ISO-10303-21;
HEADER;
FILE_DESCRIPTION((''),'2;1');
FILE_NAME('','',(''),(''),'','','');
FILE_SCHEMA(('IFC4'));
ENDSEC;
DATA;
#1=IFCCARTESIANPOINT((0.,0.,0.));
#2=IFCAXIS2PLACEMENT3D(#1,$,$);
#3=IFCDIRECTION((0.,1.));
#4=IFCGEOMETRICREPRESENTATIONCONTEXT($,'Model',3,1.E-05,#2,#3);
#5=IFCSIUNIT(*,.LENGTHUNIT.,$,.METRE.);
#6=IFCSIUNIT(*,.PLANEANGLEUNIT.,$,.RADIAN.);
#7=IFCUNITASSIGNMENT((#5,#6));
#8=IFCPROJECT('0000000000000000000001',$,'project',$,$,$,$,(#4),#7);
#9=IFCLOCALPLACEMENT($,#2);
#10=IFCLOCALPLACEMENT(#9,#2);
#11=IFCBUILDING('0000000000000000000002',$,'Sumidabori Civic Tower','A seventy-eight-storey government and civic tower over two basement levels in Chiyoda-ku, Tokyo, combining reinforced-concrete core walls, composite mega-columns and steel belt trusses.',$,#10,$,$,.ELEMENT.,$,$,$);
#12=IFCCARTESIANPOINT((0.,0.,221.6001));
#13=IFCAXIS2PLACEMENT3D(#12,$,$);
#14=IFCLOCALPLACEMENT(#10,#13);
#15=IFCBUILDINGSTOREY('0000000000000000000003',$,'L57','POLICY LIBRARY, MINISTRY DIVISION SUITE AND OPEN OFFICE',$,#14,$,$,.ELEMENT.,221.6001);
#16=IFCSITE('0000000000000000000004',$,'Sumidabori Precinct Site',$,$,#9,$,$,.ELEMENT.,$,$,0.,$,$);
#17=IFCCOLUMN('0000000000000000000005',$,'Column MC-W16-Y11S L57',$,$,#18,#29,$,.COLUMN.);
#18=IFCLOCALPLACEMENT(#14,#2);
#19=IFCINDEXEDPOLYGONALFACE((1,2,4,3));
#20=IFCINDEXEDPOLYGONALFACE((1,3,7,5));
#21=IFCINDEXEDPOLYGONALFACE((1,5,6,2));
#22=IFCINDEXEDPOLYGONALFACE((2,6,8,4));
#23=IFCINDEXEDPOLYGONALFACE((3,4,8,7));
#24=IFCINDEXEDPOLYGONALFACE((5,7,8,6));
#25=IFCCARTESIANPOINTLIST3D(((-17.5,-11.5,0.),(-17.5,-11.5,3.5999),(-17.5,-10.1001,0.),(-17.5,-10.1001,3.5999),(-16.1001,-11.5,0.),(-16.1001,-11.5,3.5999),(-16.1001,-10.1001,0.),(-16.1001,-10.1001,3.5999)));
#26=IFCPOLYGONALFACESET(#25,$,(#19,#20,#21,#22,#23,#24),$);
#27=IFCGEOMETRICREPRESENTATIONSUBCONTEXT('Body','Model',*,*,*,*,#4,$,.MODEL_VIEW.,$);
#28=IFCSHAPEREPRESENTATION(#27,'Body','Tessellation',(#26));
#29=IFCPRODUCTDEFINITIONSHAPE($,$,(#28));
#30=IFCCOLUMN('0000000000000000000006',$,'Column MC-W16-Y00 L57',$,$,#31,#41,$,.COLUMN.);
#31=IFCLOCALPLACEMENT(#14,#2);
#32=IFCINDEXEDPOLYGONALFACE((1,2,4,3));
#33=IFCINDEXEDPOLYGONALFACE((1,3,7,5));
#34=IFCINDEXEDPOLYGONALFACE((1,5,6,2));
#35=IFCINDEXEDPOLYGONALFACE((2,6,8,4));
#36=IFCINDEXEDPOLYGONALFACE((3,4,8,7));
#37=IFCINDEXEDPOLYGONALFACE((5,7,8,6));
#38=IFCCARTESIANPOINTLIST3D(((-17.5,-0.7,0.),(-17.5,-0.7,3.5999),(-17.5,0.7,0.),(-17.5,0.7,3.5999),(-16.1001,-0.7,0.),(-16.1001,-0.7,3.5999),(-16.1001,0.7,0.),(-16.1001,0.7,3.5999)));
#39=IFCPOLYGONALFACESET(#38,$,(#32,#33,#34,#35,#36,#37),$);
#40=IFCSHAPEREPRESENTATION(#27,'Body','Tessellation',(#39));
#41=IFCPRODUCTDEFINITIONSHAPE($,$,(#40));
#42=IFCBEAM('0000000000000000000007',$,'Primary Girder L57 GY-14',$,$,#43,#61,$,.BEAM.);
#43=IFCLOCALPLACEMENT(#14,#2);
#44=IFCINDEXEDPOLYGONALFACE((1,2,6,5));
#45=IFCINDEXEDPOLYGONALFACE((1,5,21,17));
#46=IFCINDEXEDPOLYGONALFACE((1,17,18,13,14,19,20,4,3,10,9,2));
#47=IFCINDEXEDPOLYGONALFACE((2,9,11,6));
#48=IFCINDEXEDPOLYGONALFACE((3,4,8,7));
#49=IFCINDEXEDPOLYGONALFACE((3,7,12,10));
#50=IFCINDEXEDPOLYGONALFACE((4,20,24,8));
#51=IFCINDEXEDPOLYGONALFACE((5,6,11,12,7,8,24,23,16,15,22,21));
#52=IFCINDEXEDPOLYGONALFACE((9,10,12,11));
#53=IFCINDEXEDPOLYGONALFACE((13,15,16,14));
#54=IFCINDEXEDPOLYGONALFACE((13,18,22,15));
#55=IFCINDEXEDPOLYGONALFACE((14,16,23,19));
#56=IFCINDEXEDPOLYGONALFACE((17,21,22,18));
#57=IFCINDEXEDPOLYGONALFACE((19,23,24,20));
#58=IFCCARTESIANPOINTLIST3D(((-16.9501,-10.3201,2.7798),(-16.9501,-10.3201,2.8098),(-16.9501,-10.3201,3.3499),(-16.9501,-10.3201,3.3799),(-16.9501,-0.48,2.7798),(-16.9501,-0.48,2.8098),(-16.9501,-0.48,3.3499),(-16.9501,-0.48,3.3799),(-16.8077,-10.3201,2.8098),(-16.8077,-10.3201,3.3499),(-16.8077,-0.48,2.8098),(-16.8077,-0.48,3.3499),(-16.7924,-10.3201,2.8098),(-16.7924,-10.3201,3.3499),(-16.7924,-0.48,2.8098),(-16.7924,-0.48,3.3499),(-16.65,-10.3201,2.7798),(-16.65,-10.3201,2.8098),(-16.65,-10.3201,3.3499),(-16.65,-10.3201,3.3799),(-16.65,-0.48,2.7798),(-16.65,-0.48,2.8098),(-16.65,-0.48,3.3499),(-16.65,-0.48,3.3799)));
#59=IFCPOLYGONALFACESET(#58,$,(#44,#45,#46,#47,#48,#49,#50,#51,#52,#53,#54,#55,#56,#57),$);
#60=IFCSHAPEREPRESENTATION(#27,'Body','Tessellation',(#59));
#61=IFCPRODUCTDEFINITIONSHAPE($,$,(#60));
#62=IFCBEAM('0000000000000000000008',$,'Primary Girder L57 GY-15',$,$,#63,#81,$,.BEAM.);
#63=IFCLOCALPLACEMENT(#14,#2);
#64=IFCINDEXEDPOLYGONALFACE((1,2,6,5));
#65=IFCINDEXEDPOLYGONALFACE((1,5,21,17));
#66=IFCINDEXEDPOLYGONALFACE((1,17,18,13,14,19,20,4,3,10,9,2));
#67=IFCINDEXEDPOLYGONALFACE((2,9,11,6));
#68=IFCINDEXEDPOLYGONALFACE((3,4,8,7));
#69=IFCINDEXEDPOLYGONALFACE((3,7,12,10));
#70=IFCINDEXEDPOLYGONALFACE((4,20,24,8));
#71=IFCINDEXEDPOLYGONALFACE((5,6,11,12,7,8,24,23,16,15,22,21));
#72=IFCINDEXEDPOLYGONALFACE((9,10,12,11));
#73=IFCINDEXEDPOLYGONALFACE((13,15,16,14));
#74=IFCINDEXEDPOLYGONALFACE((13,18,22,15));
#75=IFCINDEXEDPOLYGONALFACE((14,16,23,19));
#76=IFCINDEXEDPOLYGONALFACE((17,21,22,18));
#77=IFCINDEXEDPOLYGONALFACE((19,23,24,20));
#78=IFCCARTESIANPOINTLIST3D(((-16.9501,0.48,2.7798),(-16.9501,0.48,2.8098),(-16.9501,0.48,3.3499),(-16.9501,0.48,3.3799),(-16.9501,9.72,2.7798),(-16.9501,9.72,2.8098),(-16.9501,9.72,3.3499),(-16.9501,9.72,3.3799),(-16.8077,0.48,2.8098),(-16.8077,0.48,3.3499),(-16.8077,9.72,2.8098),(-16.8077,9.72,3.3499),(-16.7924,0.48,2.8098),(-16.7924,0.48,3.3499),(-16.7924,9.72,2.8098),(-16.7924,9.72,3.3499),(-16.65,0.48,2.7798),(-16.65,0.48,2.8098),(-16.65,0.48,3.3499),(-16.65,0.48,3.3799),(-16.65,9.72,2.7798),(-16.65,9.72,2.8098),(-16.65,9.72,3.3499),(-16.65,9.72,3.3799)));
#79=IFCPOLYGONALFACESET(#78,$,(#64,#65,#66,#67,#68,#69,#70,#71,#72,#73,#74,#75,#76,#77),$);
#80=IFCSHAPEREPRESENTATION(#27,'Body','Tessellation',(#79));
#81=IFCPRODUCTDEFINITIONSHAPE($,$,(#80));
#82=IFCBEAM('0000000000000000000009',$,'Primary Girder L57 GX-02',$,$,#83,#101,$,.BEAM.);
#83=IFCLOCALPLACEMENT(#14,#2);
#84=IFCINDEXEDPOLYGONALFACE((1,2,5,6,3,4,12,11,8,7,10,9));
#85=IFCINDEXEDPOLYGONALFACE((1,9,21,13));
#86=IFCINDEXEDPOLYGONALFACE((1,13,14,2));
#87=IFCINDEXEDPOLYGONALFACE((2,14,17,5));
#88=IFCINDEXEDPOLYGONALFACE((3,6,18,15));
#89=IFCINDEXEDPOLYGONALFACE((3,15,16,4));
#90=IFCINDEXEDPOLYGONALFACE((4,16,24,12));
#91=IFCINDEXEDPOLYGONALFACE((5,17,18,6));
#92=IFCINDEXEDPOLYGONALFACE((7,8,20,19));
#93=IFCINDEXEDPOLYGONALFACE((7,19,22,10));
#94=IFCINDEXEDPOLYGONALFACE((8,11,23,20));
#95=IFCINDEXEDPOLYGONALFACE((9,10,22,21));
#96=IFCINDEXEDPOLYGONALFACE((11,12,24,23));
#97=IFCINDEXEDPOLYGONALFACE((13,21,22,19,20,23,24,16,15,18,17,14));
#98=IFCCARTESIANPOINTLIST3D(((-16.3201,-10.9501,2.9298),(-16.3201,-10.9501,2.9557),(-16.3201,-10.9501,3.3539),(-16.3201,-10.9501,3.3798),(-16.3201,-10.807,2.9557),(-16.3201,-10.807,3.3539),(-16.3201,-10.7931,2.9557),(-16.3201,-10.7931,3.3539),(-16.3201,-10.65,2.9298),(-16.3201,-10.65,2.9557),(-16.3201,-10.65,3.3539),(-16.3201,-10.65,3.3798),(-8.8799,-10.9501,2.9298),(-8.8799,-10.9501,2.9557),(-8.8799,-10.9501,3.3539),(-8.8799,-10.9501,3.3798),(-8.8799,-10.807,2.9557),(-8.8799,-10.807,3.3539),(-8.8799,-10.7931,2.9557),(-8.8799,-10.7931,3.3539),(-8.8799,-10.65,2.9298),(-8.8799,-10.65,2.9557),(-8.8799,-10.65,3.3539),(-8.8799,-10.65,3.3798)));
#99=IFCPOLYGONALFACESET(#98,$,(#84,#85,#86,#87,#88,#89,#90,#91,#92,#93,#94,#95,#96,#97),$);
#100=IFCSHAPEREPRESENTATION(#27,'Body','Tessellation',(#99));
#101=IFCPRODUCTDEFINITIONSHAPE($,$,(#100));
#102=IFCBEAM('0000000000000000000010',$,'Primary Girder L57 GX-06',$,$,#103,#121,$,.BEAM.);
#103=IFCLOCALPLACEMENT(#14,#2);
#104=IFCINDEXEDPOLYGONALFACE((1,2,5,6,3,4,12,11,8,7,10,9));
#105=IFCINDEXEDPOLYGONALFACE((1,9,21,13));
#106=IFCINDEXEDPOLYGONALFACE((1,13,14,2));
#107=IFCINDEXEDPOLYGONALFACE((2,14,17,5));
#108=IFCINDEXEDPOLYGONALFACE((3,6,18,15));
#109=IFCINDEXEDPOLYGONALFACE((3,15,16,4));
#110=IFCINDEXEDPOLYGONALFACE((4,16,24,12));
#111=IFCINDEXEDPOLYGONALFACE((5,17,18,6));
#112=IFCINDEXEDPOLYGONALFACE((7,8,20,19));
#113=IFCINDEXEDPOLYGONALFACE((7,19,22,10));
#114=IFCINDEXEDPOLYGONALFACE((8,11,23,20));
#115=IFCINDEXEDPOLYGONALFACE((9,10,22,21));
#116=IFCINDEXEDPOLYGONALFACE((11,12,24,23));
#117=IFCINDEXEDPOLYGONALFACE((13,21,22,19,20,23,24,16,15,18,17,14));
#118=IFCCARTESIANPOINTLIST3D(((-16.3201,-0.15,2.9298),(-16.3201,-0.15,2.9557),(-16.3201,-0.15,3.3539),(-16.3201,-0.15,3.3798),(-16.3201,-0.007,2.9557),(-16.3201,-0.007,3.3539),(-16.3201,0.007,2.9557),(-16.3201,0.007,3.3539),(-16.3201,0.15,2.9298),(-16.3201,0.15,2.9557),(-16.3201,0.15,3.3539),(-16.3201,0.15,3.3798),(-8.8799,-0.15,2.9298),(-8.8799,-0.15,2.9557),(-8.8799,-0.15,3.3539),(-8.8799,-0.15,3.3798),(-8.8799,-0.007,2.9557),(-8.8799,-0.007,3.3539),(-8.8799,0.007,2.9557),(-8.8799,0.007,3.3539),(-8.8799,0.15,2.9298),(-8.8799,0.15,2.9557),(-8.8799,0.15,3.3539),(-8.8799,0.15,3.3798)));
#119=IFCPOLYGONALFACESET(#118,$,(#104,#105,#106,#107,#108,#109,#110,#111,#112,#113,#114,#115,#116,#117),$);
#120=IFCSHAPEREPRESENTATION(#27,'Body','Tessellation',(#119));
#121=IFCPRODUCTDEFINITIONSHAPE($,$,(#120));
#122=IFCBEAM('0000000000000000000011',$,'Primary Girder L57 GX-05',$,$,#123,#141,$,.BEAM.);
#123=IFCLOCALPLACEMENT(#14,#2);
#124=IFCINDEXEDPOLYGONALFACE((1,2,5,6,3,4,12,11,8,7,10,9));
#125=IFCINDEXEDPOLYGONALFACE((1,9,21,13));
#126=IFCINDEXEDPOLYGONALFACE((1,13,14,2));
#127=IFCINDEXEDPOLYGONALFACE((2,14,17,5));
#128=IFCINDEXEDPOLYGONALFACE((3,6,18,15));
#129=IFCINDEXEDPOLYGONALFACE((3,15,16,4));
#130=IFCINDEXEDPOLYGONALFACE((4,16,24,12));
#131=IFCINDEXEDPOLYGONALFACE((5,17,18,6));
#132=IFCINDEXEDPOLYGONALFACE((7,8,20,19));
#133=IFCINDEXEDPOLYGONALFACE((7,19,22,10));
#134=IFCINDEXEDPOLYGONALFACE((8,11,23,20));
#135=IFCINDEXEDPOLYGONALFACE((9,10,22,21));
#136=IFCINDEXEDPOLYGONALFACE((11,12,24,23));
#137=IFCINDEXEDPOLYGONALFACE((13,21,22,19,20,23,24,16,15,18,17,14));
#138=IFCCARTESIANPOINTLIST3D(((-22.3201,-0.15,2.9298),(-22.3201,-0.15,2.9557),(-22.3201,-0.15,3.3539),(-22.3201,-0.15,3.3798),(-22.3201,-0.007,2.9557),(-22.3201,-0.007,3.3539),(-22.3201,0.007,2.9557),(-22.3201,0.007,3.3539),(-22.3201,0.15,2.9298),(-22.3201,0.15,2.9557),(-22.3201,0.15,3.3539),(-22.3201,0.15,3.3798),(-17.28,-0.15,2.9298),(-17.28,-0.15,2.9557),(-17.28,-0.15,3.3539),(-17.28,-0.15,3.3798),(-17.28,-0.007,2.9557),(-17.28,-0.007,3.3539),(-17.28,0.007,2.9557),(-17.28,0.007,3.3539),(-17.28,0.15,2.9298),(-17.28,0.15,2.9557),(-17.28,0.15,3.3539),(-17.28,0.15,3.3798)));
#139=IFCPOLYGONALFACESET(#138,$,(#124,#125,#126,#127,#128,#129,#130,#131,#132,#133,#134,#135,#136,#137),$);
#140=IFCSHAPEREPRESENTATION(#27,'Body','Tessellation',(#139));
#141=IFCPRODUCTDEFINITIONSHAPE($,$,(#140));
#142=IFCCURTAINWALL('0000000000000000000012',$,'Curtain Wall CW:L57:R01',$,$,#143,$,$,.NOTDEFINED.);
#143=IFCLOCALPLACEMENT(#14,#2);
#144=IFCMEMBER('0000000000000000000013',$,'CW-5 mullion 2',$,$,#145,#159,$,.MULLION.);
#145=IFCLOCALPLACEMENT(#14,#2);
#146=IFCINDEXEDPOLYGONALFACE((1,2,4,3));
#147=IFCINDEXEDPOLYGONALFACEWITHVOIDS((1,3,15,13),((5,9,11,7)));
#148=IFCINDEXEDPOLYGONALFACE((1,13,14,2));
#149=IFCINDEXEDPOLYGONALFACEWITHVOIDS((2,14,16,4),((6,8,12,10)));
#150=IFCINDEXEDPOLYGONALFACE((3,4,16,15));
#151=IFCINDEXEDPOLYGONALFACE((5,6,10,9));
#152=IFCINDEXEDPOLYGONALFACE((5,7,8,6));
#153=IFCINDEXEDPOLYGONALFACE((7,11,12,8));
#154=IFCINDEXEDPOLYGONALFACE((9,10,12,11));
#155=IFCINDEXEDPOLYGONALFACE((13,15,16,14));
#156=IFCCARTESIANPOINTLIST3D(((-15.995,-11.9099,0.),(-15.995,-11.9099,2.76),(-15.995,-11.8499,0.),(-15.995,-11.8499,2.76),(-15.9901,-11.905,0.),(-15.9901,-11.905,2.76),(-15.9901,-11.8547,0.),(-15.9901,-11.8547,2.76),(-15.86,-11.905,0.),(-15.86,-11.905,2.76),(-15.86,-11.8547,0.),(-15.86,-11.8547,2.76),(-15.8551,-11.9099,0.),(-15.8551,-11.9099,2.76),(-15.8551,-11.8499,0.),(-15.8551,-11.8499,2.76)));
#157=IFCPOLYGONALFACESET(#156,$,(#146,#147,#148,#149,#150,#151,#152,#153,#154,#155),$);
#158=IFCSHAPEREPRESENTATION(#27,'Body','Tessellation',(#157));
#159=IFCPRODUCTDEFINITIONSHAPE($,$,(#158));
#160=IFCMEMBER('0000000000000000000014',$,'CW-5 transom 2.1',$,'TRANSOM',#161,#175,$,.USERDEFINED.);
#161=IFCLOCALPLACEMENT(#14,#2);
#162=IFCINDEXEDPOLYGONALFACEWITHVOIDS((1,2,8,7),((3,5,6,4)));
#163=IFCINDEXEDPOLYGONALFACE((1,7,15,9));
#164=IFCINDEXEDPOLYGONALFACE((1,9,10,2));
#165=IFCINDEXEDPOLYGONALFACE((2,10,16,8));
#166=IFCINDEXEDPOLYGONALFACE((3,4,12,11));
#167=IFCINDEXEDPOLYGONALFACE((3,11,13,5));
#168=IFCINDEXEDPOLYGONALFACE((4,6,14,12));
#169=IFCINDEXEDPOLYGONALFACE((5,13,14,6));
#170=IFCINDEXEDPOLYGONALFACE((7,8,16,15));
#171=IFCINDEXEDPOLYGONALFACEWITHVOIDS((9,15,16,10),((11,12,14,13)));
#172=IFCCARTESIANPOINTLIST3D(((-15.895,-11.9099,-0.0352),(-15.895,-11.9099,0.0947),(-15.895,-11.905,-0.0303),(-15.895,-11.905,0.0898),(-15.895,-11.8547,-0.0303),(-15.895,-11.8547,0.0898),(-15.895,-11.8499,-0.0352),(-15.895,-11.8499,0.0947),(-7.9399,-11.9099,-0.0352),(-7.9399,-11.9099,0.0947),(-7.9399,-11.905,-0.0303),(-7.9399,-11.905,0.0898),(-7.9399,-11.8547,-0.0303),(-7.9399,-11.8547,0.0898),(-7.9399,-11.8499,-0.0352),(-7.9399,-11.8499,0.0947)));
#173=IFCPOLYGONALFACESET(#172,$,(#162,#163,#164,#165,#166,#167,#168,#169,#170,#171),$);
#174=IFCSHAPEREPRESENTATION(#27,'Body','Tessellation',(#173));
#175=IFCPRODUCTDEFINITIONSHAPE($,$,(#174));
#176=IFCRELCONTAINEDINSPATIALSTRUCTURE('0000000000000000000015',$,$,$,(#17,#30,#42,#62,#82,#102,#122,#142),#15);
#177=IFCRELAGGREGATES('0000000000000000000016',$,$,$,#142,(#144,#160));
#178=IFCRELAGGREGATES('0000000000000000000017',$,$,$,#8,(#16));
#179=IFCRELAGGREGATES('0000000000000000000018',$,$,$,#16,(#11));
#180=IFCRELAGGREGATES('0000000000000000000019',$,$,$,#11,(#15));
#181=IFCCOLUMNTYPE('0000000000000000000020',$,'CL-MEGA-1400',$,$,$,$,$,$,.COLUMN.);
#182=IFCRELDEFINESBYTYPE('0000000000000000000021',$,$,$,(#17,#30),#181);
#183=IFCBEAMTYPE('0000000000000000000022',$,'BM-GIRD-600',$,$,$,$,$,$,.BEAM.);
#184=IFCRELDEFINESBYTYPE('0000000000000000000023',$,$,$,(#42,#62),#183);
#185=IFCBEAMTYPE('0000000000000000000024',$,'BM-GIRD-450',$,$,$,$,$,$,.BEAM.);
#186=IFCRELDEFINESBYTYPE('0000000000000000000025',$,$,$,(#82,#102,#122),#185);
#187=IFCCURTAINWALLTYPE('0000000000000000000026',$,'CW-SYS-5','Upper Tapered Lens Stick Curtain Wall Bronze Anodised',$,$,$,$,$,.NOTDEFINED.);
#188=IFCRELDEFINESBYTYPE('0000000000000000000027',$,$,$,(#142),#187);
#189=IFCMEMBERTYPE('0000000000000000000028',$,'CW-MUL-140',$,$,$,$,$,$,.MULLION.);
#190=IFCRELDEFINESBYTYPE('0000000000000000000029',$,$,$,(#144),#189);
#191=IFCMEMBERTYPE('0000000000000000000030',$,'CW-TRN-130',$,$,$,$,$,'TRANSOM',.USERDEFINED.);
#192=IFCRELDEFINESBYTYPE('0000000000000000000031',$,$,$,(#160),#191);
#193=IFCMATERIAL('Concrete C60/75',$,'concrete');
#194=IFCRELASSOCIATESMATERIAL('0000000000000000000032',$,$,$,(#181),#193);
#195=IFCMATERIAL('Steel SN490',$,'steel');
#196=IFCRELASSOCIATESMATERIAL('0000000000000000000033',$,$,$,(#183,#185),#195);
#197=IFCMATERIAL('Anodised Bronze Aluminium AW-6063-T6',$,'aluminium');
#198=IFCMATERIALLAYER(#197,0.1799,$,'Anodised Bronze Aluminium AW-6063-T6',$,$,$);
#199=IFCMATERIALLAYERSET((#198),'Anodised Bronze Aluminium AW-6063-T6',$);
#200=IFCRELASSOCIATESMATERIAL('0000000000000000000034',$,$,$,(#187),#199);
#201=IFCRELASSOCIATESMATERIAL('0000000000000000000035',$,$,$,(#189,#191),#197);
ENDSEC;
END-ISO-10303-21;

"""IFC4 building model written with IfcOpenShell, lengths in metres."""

from ifc_helpers import new_model, si_unit, direction, frame, origin, origin_2d, place, context, subcontext, project, spatial, rectangle, hollow_rectangle, i_section, extrude, source, transform, mapped, material, layer, layer_set, material_profile, profile_set, type_object, element, aggregate, save


model = new_model("IFC4")

# Units and contexts
model_context = context("Model", 3, precision=1e-05, world=origin(), true_north=direction((0.0, 1.0)))
body_context = subcontext(model_context, "Body", "Model", "MODEL_VIEW")
ifc_project = project(units=[si_unit("LENGTHUNIT", "METRE"), si_unit("PLANEANGLEUNIT", "RADIAN")], contexts=[model_context])

# Site, building, storey
site_placement = place(None, origin())
site = spatial("IfcSite", under=ifc_project, at=site_placement, Name="Sumidabori Precinct Site", CompositionType="ELEMENT", RefElevation=0.0)
building_placement = place(site_placement, origin())
building = spatial("IfcBuilding", under=site, at=building_placement, Name="Sumidabori Civic Tower", Description="A seventy-eight-storey government and civic tower over two basement levels in Chiyoda-ku, Tokyo, combining reinforced-concrete core walls, composite mega-columns and steel belt trusses.", CompositionType="ELEMENT")
storey_placement = place(building_placement, frame((0.0, 0.0, 221.6001)))
storey = spatial("IfcBuildingStorey", under=building, at=storey_placement, Name="L57", Description="POLICY LIBRARY, MINISTRY DIVISION SUITE AND OPEN OFFICE", CompositionType="ELEMENT", Elevation=221.6001)

# Columns
ifc_material_1 = material(Name="Concrete C60/75", Category="concrete")
ifc_material_profile_1 = material_profile(ifc_material_1, rectangle(XDim=1.3999, YDim=1.3999, at=origin_2d()), Name="RC 1400x1400")
ifc_profile_set_1 = profile_set([ifc_material_profile_1], Name="Concrete C60/75")
column_type = type_object("IfcColumnType", Name="CL-MEGA-1400", PredefinedType="COLUMN", material=ifc_profile_set_1)
shared_shape_1 = source(origin(), body_context, "Body", "SweptSolid", [
    extrude(rectangle(XDim=1.3999, YDim=1.3999, at=origin_2d()), origin(), (0.0, 0.0, 1.0), 3.5999),
])
for number, where, z_axis, x_axis, name in (
    (1, (-16.8, -10.8, 0.0), (0.0, 0.0, 1.0), (1.0, 0.0, 0.0), "Column MC-W16-Y11S L57"),
    (2, (-16.8, 0.0, 0.0), (0.0, 0.0, 1.0), (1.0, 0.0, 0.0), "Column MC-W16-Y00 L57"),
):
    element("IfcColumn", number, at=place(storey_placement, frame(where, z_axis=z_axis, x_axis=x_axis)), inside=storey, type_object=column_type, Name=name, PredefinedType="COLUMN", context=body_context, shape_type="MappedRepresentation", body=[
        mapped(shared_shape_1, transform((0.0, 0.0, 0.0), x_axis=(1.0, 0.0, 0.0), y_axis=(0.0, 1.0, 0.0), z_axis=(0.0, 0.0, 1.0), scale=1.0)),
    ])

# Beams
ifc_material_2 = material(Name="Steel SN490", Category="steel")
ifc_material_profile_2 = material_profile(ifc_material_2, i_section(OverallWidth=0.3, OverallDepth=0.6001, WebThickness=0.0154, FlangeThickness=0.03, at=origin_2d()), Name="HE 600 B")
ifc_profile_set_2 = profile_set([ifc_material_profile_2], Name="Steel SN490")
beam_type_1 = type_object("IfcBeamType", Name="BM-GIRD-600", PredefinedType="BEAM", material=ifc_profile_set_2)
shared_shape_2 = source(origin(), body_context, "Body", "SweptSolid", [
    extrude(i_section(OverallWidth=0.3, OverallDepth=0.6001, WebThickness=0.0154, FlangeThickness=0.03, at=origin_2d()), origin(), (0.0, 0.0, 1.0), 9.8401),
])
beam_1_placement = place(storey_placement, frame((-16.8, -10.3201, 3.0798), z_axis=(0.0, 1.0, 0.0), x_axis=(-1.0, 0.0, 0.0)))
element("IfcBeam", 3, at=beam_1_placement, inside=storey, type_object=beam_type_1, Name="Primary Girder L57 GY-14", PredefinedType="BEAM", context=body_context, shape_type="MappedRepresentation", body=[
    mapped(shared_shape_2, transform((0.0, 0.0, 0.0), x_axis=(1.0, 0.0, 0.0), y_axis=(0.0, 1.0, 0.0), z_axis=(0.0, 0.0, 1.0), scale=1.0)),
])
shared_shape_3 = source(origin(), body_context, "Body", "SweptSolid", [
    extrude(i_section(OverallWidth=0.3, OverallDepth=0.6001, WebThickness=0.0154, FlangeThickness=0.03, at=origin_2d()), origin(), (0.0, 0.0, 1.0), 9.24),
])
beam_2_placement = place(storey_placement, frame((-16.8, 0.48, 3.0798), z_axis=(0.0, 1.0, 0.0), x_axis=(-1.0, 0.0, 0.0)))
element("IfcBeam", 4, at=beam_2_placement, inside=storey, type_object=beam_type_1, Name="Primary Girder L57 GY-15", PredefinedType="BEAM", context=body_context, shape_type="MappedRepresentation", body=[
    mapped(shared_shape_3, transform((0.0, 0.0, 0.0), x_axis=(1.0, 0.0, 0.0), y_axis=(0.0, 1.0, 0.0), z_axis=(0.0, 0.0, 1.0), scale=1.0)),
])
ifc_material_profile_3 = material_profile(ifc_material_2, i_section(OverallWidth=0.3, OverallDepth=0.45, WebThickness=0.0139, FlangeThickness=0.0259, at=origin_2d()), Name="HE 450 B")
ifc_profile_set_3 = profile_set([ifc_material_profile_3], Name="Steel SN490")
beam_type_2 = type_object("IfcBeamType", Name="BM-GIRD-450", PredefinedType="BEAM", material=ifc_profile_set_3)
shared_shape_4 = source(origin(), body_context, "Body", "SweptSolid", [
    extrude(i_section(OverallWidth=0.3, OverallDepth=0.45, WebThickness=0.0139, FlangeThickness=0.0259, at=origin_2d()), origin(), (0.0, 0.0, 1.0), 7.4402),
])
for number, where, z_axis, x_axis, name in (
    (5, (-16.3201, -10.8, 3.1548), (1.0, 0.0, 0.0), (0.0, 1.0, 0.0), "Primary Girder L57 GX-02"),
    (6, (-16.3201, 0.0, 3.1548), (1.0, 0.0, 0.0), (0.0, 1.0, 0.0), "Primary Girder L57 GX-06"),
):
    element("IfcBeam", number, at=place(storey_placement, frame(where, z_axis=z_axis, x_axis=x_axis)), inside=storey, type_object=beam_type_2, Name=name, PredefinedType="BEAM", context=body_context, shape_type="MappedRepresentation", body=[
        mapped(shared_shape_4, transform((0.0, 0.0, 0.0), x_axis=(1.0, 0.0, 0.0), y_axis=(0.0, 1.0, 0.0), z_axis=(0.0, 0.0, 1.0), scale=1.0)),
    ])
shared_shape_5 = source(origin(), body_context, "Body", "SweptSolid", [
    extrude(i_section(OverallWidth=0.3, OverallDepth=0.45, WebThickness=0.0139, FlangeThickness=0.0259, at=origin_2d()), origin(), (0.0, 0.0, 1.0), 5.04),
])
beam_3_placement = place(storey_placement, frame((-22.3201, 0.0, 3.1548), z_axis=(1.0, 0.0, 0.0), x_axis=(0.0, 1.0, 0.0)))
element("IfcBeam", 7, at=beam_3_placement, inside=storey, type_object=beam_type_2, Name="Primary Girder L57 GX-05", PredefinedType="BEAM", context=body_context, shape_type="MappedRepresentation", body=[
    mapped(shared_shape_5, transform((0.0, 0.0, 0.0), x_axis=(1.0, 0.0, 0.0), y_axis=(0.0, 1.0, 0.0), z_axis=(0.0, 0.0, 1.0), scale=1.0)),
])

# Curtain wall, members
ifc_material_3 = material(Name="Anodised Bronze Aluminium AW-6063-T6", Category="aluminium")
ifc_layer_1 = layer(ifc_material_3, 0.1799, Name="Anodised Bronze Aluminium AW-6063-T6")
ifc_layer_set_1 = layer_set([ifc_layer_1], Name="Anodised Bronze Aluminium AW-6063-T6")
curtain_wall_type = type_object("IfcCurtainWallType", Name="CW-SYS-5", Description="Upper Tapered Lens Stick Curtain Wall Bronze Anodised", PredefinedType="NOTDEFINED", material=ifc_layer_set_1)
curtain_wall_placement = place(storey_placement, origin())
curtain_wall = element("IfcCurtainWall", 8, at=curtain_wall_placement, inside=storey, type_object=curtain_wall_type, Name="Curtain Wall CW:L57:R01", PredefinedType="NOTDEFINED")
ifc_material_profile_4 = material_profile(ifc_material_3, hollow_rectangle(XDim=0.0601, YDim=0.1399, WallThickness=0.0049, at=origin_2d()), Name="ALU MULLION 140x60")
ifc_profile_set_4 = profile_set([ifc_material_profile_4], Name="Anodised Bronze Aluminium AW-6063-T6")
member_type_1 = type_object("IfcMemberType", Name="CW-MUL-140", PredefinedType="MULLION", material=ifc_profile_set_4)
shared_shape_6 = source(origin(), body_context, "Body", "SweptSolid", [
    extrude(hollow_rectangle(XDim=0.0601, YDim=0.1399, WallThickness=0.0049, at=origin_2d()), origin(), (0.0, 0.0, 1.0), 2.76),
])
member_1_placement = place(storey_placement, frame((-15.925, -11.8799, 0.0), z_axis=(0.0, 0.0, 1.0), x_axis=(0.0, 1.0, 0.0)))
member_1 = element("IfcMember", 9, at=member_1_placement, type_object=member_type_1, Name="CW-5 mullion 2", PredefinedType="MULLION", context=body_context, shape_type="MappedRepresentation", body=[
    mapped(shared_shape_6, transform((0.0, 0.0, 0.0), x_axis=(1.0, 0.0, 0.0), y_axis=(0.0, 1.0, 0.0), z_axis=(0.0, 0.0, 1.0), scale=1.0)),
])
ifc_material_profile_5 = material_profile(ifc_material_3, hollow_rectangle(XDim=0.0601, YDim=0.1299, WallThickness=0.0049, at=origin_2d()), Name="ALU TRANSOM 130x60")
ifc_profile_set_5 = profile_set([ifc_material_profile_5], Name="Anodised Bronze Aluminium AW-6063-T6")
member_type_2 = type_object("IfcMemberType", Name="CW-TRN-130", ElementType="TRANSOM", PredefinedType="USERDEFINED", material=ifc_profile_set_5)
shared_shape_7 = source(origin(), body_context, "Body", "SweptSolid", [
    extrude(hollow_rectangle(XDim=0.0601, YDim=0.1299, WallThickness=0.0049, at=origin_2d()), origin(), (0.0, 0.0, 1.0), 7.9551),
])
member_2_placement = place(storey_placement, frame((-15.895, -11.8799, 0.0298), z_axis=(1.0, 0.0, 0.0), x_axis=(0.0, 1.0, 0.0)))
member_2 = element("IfcMember", 10, at=member_2_placement, type_object=member_type_2, Name="CW-5 transom 2.1", ObjectType="TRANSOM", PredefinedType="USERDEFINED", context=body_context, shape_type="MappedRepresentation", body=[
    mapped(shared_shape_7, transform((0.0, 0.0, 0.0), x_axis=(1.0, 0.0, 0.0), y_axis=(0.0, 1.0, 0.0), z_axis=(0.0, 0.0, 1.0), scale=1.0)),
])
aggregate(curtain_wall, [member_1, member_2])

save(model, "model.ifc")
